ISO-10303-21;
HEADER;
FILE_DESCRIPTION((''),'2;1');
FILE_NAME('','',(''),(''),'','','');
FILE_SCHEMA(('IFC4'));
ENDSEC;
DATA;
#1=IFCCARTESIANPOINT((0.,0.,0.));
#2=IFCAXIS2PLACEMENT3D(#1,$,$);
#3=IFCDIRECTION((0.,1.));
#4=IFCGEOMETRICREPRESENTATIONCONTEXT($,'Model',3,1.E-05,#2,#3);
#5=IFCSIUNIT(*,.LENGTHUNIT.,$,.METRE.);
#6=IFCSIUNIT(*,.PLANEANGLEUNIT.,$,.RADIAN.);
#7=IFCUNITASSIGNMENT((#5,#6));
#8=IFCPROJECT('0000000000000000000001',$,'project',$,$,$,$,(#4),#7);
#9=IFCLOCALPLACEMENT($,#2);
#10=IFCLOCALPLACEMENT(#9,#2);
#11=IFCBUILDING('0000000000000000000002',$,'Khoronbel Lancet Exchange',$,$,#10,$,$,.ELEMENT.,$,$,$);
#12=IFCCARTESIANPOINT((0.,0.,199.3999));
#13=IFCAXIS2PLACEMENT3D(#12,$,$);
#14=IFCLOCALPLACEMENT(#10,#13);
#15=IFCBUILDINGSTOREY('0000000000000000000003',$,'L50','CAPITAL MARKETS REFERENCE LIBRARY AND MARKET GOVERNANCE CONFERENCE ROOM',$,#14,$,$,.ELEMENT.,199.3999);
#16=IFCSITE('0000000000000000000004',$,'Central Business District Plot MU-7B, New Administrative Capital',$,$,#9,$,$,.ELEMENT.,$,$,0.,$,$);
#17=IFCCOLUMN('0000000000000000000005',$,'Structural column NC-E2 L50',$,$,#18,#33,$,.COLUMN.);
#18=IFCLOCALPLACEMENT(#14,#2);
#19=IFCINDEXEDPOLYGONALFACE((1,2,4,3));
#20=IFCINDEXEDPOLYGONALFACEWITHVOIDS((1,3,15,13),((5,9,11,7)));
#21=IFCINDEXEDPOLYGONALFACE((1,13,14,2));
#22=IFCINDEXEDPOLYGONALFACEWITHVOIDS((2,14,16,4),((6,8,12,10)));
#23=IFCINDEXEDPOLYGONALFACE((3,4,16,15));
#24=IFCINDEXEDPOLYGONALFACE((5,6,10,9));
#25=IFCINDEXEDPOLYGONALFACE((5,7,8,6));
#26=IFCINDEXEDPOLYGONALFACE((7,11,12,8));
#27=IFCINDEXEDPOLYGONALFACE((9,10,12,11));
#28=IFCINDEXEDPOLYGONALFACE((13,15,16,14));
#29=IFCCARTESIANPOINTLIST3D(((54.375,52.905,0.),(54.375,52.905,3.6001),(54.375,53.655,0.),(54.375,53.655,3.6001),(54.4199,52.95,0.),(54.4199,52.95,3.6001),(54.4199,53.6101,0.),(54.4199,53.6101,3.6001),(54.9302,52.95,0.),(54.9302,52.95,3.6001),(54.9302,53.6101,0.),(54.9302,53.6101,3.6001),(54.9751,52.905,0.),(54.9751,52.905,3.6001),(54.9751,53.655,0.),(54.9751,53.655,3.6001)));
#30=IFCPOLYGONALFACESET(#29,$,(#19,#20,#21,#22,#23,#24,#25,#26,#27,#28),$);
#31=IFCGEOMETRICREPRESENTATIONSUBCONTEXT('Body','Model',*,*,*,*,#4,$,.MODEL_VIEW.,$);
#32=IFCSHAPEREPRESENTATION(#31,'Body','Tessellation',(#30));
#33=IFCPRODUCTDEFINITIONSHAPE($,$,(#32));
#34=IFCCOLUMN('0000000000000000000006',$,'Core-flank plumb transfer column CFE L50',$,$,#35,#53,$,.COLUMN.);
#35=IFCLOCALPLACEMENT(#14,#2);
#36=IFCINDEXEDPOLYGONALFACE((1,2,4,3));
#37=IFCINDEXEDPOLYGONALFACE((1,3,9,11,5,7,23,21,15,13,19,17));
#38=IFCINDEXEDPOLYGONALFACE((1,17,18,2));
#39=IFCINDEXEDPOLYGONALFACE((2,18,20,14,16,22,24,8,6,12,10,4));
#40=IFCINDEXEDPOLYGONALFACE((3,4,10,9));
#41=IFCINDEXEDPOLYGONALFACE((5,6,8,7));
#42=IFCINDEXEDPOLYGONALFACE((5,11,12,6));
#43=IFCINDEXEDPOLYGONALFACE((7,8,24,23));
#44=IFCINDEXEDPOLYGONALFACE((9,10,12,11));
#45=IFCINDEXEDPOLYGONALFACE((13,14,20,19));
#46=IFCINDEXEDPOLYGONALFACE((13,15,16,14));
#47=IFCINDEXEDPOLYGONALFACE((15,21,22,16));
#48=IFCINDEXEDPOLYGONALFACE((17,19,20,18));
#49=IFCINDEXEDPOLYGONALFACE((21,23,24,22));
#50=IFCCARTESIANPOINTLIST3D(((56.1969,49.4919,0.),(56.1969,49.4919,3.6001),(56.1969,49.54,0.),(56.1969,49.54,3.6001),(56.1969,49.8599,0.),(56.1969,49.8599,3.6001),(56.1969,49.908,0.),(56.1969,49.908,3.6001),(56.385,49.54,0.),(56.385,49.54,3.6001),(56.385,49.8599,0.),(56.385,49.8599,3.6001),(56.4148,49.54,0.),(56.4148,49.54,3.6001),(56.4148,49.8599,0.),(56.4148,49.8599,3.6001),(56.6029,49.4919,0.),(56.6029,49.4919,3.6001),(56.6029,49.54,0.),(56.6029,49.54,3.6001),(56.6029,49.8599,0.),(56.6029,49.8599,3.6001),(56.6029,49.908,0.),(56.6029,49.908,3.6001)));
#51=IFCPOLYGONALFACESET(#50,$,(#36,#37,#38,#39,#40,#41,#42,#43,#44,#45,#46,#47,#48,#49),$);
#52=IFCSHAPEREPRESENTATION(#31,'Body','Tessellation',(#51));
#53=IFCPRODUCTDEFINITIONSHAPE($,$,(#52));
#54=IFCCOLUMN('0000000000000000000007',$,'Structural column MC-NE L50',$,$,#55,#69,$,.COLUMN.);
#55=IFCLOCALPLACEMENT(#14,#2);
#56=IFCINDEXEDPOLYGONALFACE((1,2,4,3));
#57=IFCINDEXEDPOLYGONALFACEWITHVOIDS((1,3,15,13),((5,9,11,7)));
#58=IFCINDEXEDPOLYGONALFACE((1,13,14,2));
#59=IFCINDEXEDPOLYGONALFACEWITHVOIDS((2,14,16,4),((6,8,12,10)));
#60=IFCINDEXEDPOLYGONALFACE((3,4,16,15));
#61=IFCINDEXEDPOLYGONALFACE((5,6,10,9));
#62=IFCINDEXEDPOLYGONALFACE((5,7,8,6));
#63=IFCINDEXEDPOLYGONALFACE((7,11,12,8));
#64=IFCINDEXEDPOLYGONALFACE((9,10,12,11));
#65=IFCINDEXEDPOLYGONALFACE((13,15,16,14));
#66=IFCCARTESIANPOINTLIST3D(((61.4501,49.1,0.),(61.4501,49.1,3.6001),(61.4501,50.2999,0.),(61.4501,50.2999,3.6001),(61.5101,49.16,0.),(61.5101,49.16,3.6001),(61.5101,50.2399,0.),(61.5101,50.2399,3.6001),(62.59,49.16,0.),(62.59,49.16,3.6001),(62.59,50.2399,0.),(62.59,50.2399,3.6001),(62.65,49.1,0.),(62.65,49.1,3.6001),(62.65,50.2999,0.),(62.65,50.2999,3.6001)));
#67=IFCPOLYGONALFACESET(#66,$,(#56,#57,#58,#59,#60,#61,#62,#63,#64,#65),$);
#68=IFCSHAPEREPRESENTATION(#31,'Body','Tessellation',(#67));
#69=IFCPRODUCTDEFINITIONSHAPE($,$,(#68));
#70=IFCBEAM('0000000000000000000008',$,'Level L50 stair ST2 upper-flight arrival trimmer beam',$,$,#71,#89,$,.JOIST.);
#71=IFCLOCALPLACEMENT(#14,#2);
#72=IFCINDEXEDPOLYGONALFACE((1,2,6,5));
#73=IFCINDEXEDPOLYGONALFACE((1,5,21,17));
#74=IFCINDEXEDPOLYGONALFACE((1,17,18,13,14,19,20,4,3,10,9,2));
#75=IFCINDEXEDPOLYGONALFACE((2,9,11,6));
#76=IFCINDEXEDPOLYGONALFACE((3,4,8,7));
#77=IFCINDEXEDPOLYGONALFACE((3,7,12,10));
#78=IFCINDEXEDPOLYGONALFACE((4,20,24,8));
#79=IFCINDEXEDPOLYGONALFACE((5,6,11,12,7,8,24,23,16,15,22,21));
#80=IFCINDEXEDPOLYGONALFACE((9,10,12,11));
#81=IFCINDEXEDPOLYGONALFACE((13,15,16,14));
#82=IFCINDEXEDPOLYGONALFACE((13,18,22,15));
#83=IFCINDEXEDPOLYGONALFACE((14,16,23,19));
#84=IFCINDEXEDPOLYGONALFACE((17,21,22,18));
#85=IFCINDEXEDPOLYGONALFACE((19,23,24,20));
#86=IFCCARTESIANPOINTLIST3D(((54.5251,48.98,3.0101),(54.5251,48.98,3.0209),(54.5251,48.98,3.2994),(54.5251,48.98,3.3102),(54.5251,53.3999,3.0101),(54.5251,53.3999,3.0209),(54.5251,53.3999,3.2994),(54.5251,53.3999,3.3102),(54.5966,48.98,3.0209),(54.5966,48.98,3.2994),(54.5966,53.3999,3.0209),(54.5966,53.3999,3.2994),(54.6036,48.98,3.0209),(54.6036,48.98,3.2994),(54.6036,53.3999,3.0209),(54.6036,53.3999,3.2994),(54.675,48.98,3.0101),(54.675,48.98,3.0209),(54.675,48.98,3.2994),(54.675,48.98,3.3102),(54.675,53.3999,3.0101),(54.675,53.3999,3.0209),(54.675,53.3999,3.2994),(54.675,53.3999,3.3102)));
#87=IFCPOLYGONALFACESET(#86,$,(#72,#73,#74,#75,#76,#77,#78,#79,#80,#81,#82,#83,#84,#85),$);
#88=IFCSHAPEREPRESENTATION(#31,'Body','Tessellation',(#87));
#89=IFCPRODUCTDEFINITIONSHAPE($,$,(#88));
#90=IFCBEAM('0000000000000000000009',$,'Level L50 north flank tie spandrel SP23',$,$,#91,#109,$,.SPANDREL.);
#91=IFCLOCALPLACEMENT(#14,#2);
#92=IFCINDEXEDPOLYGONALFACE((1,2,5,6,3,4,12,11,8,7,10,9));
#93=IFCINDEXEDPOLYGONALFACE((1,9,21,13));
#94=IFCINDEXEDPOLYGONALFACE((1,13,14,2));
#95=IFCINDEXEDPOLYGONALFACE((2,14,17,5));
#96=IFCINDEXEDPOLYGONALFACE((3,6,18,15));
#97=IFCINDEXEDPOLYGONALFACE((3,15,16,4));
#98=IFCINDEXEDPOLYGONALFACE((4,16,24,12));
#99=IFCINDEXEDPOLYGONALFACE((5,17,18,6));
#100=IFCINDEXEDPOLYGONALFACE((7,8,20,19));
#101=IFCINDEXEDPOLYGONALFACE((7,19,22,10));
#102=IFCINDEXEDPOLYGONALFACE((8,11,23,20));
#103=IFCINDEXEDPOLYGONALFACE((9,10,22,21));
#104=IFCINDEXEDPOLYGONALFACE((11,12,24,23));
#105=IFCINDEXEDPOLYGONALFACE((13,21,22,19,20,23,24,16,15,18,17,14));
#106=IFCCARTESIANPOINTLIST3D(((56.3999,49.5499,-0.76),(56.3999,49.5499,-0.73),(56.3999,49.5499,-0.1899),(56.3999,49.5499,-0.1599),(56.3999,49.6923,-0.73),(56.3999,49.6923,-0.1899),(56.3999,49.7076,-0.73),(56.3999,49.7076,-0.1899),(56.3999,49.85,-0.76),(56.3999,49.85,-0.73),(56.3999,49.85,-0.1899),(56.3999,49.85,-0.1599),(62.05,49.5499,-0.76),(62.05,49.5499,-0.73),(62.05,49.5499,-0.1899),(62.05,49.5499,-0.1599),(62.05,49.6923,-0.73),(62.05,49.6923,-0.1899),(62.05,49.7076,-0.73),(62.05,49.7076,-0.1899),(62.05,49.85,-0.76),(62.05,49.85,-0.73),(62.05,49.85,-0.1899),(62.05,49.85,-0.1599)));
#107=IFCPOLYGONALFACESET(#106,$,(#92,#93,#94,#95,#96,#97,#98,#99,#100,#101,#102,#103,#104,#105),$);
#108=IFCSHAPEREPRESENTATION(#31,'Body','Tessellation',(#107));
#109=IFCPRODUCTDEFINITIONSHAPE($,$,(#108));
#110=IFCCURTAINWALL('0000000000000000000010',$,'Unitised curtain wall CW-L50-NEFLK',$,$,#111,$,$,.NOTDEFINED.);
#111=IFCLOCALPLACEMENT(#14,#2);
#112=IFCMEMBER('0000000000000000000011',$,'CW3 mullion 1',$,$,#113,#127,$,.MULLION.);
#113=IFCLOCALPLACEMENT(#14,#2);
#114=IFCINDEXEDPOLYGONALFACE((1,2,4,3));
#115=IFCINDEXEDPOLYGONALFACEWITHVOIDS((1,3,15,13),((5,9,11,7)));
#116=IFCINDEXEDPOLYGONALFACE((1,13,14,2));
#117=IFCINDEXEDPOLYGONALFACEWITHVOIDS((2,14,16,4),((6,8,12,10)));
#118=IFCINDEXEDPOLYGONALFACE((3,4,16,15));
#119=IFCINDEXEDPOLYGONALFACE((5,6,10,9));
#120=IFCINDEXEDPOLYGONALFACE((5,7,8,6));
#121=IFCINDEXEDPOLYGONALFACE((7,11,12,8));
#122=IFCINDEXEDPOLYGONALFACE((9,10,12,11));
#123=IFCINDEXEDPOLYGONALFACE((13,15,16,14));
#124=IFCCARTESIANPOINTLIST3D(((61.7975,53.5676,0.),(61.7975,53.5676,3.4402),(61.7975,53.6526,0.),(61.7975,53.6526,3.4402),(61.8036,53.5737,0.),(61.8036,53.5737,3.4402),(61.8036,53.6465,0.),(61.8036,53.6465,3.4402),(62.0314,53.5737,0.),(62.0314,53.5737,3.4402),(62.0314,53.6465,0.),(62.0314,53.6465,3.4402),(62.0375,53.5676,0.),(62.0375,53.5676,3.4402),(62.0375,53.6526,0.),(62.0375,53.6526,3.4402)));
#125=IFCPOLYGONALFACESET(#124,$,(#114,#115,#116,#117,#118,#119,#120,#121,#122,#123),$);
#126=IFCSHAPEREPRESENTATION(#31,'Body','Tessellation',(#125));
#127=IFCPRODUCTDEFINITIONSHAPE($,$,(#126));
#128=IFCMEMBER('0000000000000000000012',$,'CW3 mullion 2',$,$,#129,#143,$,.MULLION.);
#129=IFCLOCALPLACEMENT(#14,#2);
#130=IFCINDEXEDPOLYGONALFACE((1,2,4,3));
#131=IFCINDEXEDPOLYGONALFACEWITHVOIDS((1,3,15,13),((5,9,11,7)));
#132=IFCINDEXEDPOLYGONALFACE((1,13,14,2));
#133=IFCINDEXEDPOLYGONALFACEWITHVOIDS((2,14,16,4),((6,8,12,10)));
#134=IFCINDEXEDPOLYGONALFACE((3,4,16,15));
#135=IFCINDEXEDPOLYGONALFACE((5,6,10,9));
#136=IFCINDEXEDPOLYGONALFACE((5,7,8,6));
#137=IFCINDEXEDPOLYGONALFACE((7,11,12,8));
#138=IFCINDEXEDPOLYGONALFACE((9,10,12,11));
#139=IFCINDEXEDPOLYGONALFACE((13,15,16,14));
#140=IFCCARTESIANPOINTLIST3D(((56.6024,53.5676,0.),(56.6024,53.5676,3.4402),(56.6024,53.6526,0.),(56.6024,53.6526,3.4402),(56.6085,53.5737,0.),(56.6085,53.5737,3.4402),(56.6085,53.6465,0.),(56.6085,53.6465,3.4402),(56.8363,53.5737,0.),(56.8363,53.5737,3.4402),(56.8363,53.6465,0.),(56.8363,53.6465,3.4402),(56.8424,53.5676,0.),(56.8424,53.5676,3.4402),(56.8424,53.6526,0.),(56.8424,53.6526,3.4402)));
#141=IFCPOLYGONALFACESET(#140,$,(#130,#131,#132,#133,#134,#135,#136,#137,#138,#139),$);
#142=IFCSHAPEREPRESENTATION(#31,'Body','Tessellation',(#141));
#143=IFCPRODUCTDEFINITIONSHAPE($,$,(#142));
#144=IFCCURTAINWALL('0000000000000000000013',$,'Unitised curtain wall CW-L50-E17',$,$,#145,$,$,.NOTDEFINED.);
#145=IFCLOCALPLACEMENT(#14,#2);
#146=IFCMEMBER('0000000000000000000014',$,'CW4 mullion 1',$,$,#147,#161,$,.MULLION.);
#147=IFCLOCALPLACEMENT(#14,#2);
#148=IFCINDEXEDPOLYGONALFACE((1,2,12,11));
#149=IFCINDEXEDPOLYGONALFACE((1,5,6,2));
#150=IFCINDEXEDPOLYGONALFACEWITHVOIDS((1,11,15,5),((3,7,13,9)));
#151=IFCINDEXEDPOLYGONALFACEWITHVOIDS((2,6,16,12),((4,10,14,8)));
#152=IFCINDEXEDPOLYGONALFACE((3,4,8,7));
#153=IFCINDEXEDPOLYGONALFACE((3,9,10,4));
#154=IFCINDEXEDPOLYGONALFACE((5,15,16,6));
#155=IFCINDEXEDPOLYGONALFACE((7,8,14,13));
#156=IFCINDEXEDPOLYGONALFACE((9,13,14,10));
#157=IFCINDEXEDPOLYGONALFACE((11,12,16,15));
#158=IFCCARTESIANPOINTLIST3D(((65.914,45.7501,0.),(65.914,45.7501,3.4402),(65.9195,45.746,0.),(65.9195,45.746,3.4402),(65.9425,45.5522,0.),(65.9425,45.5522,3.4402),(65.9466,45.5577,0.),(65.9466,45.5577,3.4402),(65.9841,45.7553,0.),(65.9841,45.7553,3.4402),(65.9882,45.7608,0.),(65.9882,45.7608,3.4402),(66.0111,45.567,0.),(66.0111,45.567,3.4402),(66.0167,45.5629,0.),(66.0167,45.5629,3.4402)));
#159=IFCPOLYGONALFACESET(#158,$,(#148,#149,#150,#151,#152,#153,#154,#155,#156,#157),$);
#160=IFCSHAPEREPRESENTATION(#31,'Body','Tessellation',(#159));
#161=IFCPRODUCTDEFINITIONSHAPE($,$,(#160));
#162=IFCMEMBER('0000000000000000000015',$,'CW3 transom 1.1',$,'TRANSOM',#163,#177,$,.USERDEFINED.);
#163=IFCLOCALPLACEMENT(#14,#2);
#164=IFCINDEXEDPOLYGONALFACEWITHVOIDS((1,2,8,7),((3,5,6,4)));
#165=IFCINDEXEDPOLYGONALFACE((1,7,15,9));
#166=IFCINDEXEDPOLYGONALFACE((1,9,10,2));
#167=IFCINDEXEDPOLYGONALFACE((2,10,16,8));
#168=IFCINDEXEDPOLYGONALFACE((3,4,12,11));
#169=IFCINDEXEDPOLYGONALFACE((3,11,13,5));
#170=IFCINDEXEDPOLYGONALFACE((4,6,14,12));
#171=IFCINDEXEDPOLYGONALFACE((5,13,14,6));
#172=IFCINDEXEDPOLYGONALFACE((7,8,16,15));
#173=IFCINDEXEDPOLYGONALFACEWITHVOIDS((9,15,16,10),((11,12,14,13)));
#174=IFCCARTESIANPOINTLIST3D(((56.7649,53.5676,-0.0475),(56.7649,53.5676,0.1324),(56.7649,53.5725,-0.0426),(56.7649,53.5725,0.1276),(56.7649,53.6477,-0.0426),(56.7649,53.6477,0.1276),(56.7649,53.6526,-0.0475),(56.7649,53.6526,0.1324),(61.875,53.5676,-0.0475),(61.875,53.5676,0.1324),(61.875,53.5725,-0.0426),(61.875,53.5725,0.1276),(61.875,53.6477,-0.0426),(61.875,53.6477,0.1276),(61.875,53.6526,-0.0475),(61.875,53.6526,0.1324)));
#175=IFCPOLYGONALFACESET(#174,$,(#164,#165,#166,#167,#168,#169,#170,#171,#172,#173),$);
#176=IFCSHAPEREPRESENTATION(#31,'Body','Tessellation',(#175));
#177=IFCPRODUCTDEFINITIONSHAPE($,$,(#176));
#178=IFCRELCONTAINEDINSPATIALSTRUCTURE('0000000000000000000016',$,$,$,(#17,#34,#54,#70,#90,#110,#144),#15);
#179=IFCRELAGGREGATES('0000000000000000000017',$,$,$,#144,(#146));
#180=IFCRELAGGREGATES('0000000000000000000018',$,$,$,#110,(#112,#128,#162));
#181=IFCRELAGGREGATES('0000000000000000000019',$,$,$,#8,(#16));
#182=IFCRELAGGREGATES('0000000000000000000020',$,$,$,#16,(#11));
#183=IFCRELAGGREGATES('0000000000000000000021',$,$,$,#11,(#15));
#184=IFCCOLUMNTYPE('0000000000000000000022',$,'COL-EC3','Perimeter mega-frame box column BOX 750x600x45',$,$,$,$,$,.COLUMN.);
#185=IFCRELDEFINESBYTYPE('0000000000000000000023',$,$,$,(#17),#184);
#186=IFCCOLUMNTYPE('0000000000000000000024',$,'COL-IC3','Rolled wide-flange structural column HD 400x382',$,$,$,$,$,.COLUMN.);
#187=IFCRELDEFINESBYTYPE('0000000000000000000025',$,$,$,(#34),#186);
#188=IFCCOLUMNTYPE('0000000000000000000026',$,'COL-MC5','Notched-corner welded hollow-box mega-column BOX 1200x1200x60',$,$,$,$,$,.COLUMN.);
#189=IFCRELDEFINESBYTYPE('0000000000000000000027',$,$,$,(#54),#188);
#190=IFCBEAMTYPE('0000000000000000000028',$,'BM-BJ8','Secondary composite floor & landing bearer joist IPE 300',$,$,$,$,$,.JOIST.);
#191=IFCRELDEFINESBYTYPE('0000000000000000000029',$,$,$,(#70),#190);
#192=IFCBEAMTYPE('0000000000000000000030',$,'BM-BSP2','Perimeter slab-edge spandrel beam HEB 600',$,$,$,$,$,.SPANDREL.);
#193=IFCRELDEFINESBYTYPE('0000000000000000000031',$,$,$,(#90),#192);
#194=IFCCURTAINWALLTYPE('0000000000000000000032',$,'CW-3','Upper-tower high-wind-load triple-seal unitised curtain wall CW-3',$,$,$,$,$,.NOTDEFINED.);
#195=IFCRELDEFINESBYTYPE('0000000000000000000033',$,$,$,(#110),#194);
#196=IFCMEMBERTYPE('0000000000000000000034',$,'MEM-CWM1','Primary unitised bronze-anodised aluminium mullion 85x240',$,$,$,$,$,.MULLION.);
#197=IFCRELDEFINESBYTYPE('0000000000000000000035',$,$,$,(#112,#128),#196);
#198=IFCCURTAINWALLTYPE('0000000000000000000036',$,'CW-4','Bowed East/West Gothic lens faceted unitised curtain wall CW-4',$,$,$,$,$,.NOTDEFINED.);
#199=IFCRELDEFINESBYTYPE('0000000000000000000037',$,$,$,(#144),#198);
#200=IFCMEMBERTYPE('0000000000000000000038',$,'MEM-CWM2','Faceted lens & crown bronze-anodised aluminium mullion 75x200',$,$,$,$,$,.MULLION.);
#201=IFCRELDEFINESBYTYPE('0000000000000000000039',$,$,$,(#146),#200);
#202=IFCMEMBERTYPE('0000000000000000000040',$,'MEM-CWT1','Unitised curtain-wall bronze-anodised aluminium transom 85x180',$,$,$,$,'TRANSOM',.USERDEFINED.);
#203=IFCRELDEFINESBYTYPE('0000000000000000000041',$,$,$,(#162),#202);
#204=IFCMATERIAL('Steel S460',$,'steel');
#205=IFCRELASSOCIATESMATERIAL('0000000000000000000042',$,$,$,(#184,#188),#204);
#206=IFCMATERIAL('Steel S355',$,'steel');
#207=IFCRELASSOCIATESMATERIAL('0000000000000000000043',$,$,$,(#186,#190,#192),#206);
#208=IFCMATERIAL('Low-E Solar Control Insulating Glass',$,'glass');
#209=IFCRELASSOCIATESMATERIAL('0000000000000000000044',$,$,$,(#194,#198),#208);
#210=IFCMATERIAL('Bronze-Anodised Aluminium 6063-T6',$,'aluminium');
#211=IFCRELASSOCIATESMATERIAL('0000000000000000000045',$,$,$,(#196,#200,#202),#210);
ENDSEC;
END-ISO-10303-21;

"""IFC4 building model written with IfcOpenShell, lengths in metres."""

from ifc_helpers import new_model, si_unit, direction, frame, origin, origin_2d, place, context, subcontext, project, spatial, hollow_rectangle, i_section, extrude, material, material_profile, profile_set, type_object, element, aggregate, save


model = new_model("IFC4")

# Units and contexts
model_context = context("Model", 3, precision=1e-05, world=origin(), true_north=direction((0.0, 1.0)))
body_context = subcontext(model_context, "Body", "Model", "MODEL_VIEW")
ifc_project = project(units=[si_unit("LENGTHUNIT", "METRE"), si_unit("PLANEANGLEUNIT", "RADIAN")], contexts=[model_context])

# Site, building, storey
site_placement = place(None, origin())
site = spatial("IfcSite", under=ifc_project, at=site_placement, Name="Central Business District Plot MU-7B, New Administrative Capital", CompositionType="ELEMENT", RefElevation=0.0)
building_placement = place(site_placement, origin())
building = spatial("IfcBuilding", under=site, at=building_placement, Name="Khoronbel Lancet Exchange", CompositionType="ELEMENT")
storey_placement = place(building_placement, frame((0.0, 0.0, 199.3999)))
storey = spatial("IfcBuildingStorey", under=building, at=storey_placement, Name="L50", Description="CAPITAL MARKETS REFERENCE LIBRARY AND MARKET GOVERNANCE CONFERENCE ROOM", CompositionType="ELEMENT", Elevation=199.3999)

# Columns
ifc_material_1 = material(Name="Steel S460", Category="steel")
ifc_material_profile_1 = material_profile(ifc_material_1, hollow_rectangle(XDim=0.6001, YDim=0.75, WallThickness=0.0449, at=origin_2d()), Name="BOX 750x600x45")
ifc_profile_set_1 = profile_set([ifc_material_profile_1], Name="Steel S460")
column_type_1 = type_object("IfcColumnType", Name="COL-EC3", Description="Perimeter mega-frame box column BOX 750x600x45", PredefinedType="COLUMN", material=ifc_profile_set_1)
column_1_placement = place(storey_placement, frame((54.675, 53.28, 0.0), z_axis=(0.0, 0.0, 1.0), x_axis=(1.0, 0.0, 0.0)))
element("IfcColumn", 1, at=column_1_placement, inside=storey, type_object=column_type_1, Name="Structural column NC-E2 L50", PredefinedType="COLUMN", context=body_context, shape_type="SweptSolid", body=[
    extrude(hollow_rectangle(XDim=0.6001, YDim=0.75, WallThickness=0.0449, at=origin_2d()), origin(), (0.0, 0.0, 1.0), 3.6001),
])
ifc_material_2 = material(Name="Steel S355", Category="steel")
ifc_material_profile_2 = material_profile(ifc_material_2, i_section(OverallWidth=0.406, OverallDepth=0.416, WebThickness=0.0298, FlangeThickness=0.0481, at=origin_2d()), Name="HD 400x382")
ifc_profile_set_2 = profile_set([ifc_material_profile_2], Name="Steel S355")
column_type_2 = type_object("IfcColumnType", Name="COL-IC3", Description="Rolled wide-flange structural column HD 400x382", PredefinedType="COLUMN", material=ifc_profile_set_2)
column_2_placement = place(storey_placement, frame((56.3999, 49.7, 0.0), z_axis=(0.0, 0.0, 1.0), x_axis=(1.0, 0.0, 0.0)))
element("IfcColumn", 2, at=column_2_placement, inside=storey, type_object=column_type_2, Name="Core-flank plumb transfer column CFE L50", PredefinedType="COLUMN", context=body_context, shape_type="SweptSolid", body=[
    extrude(i_section(OverallWidth=0.406, OverallDepth=0.416, WebThickness=0.0298, FlangeThickness=0.0481, at=origin_2d()), origin(), (0.0, 0.0, 1.0), 3.6001),
])
ifc_material_profile_3 = material_profile(ifc_material_1, hollow_rectangle(XDim=1.2, YDim=1.2, WallThickness=0.0601, at=origin_2d()), Name="BOX 1200x1200x60")
ifc_profile_set_3 = profile_set([ifc_material_profile_3], Name="Steel S460")
column_type_3 = type_object("IfcColumnType", Name="COL-MC5", Description="Notched-corner welded hollow-box mega-column BOX 1200x1200x60", PredefinedType="COLUMN", material=ifc_profile_set_3)
column_3_placement = place(storey_placement, frame((62.05, 49.7, 0.0), z_axis=(0.0, 0.0, 1.0), x_axis=(1.0, 0.0, 0.0)))
element("IfcColumn", 3, at=column_3_placement, inside=storey, type_object=column_type_3, Name="Structural column MC-NE L50", PredefinedType="COLUMN", context=body_context, shape_type="SweptSolid", body=[
    extrude(hollow_rectangle(XDim=1.2, YDim=1.2, WallThickness=0.0601, at=origin_2d()), origin(), (0.0, 0.0, 1.0), 3.6001),
])

# Beams
ifc_material_profile_4 = material_profile(ifc_material_2, i_section(OverallWidth=0.1499, OverallDepth=0.3, WebThickness=0.0071, FlangeThickness=0.0107, at=origin_2d()), Name="IPE 300")
ifc_profile_set_4 = profile_set([ifc_material_profile_4], Name="Steel S355")
beam_type_1 = type_object("IfcBeamType", Name="BM-BJ8", Description="Secondary composite floor & landing bearer joist IPE 300", PredefinedType="JOIST", material=ifc_profile_set_4)
beam_1_placement = place(storey_placement, frame((54.6001, 48.98, 3.1602), z_axis=(0.0, 1.0, 0.0), x_axis=(-1.0, 0.0, 0.0)))
element("IfcBeam", 4, at=beam_1_placement, inside=storey, type_object=beam_type_1, Name="Level L50 stair ST2 upper-flight arrival trimmer beam", PredefinedType="JOIST", context=body_context, shape_type="SweptSolid", body=[
    extrude(i_section(OverallWidth=0.1499, OverallDepth=0.3, WebThickness=0.0071, FlangeThickness=0.0107, at=origin_2d()), origin(), (0.0, 0.0, 1.0), 4.4199),
])
ifc_material_profile_5 = material_profile(ifc_material_2, i_section(OverallWidth=0.3, OverallDepth=0.6001, WebThickness=0.0154, FlangeThickness=0.03, at=origin_2d()), Name="HEB 600")
ifc_profile_set_5 = profile_set([ifc_material_profile_5], Name="Steel S355")
beam_type_2 = type_object("IfcBeamType", Name="BM-BSP2", Description="Perimeter slab-edge spandrel beam HEB 600", PredefinedType="SPANDREL", material=ifc_profile_set_5)
beam_2_placement = place(storey_placement, frame((62.05, 49.7, -0.46), z_axis=(-1.0, 0.0, 0.0), x_axis=(0.0, -1.0, 0.0)))
element("IfcBeam", 5, at=beam_2_placement, inside=storey, type_object=beam_type_2, Name="Level L50 north flank tie spandrel SP23", PredefinedType="SPANDREL", context=body_context, shape_type="SweptSolid", body=[
    extrude(i_section(OverallWidth=0.3, OverallDepth=0.6001, WebThickness=0.0154, FlangeThickness=0.03, at=origin_2d()), origin(), (0.0, 0.0, 1.0), 5.6501),
])

# Curtain wall, members
ifc_material_3 = material(Name="Low-E Solar Control Insulating Glass", Category="glass")
curtain_wall_type_1 = type_object("IfcCurtainWallType", Name="CW-3", Description="Upper-tower high-wind-load triple-seal unitised curtain wall CW-3", PredefinedType="NOTDEFINED", material=ifc_material_3)
curtain_wall_1_placement = place(storey_placement, origin())
curtain_wall_1 = element("IfcCurtainWall", 6, at=curtain_wall_1_placement, inside=storey, type_object=curtain_wall_type_1, Name="Unitised curtain wall CW-L50-NEFLK", PredefinedType="NOTDEFINED")
ifc_material_4 = material(Name="Bronze-Anodised Aluminium 6063-T6", Category="aluminium")
ifc_material_profile_6 = material_profile(ifc_material_4, hollow_rectangle(XDim=0.085, YDim=0.24, WallThickness=0.0061, at=origin_2d()), Name="ALU MULLION 85x240")
ifc_profile_set_6 = profile_set([ifc_material_profile_6], Name="Bronze-Anodised Aluminium 6063-T6")
member_type_1 = type_object("IfcMemberType", Name="MEM-CWM1", Description="Primary unitised bronze-anodised aluminium mullion 85x240", PredefinedType="MULLION", material=ifc_profile_set_6)
member_1_placement = place(storey_placement, frame((61.9175, 53.6101, 0.0), z_axis=(0.0, 0.0, 1.0), x_axis=(0.0, -1.0, 0.0)))
member_1 = element("IfcMember", 7, at=member_1_placement, type_object=member_type_1, Name="CW3 mullion 1", PredefinedType="MULLION", context=body_context, shape_type="SweptSolid", body=[
    extrude(hollow_rectangle(XDim=0.085, YDim=0.24, WallThickness=0.0061, at=origin_2d()), origin(), (0.0, 0.0, 1.0), 3.4402),
])
member_2_placement = place(storey_placement, frame((56.7224, 53.6101, 0.0), z_axis=(0.0, 0.0, 1.0), x_axis=(0.0, -1.0, 0.0)))
member_2 = element("IfcMember", 8, at=member_2_placement, type_object=member_type_1, Name="CW3 mullion 2", PredefinedType="MULLION", context=body_context, shape_type="SweptSolid", body=[
    extrude(hollow_rectangle(XDim=0.085, YDim=0.24, WallThickness=0.0061, at=origin_2d()), origin(), (0.0, 0.0, 1.0), 3.4402),
])

# Curtain wall, member
curtain_wall_type_2 = type_object("IfcCurtainWallType", Name="CW-4", Description="Bowed East/West Gothic lens faceted unitised curtain wall CW-4", PredefinedType="NOTDEFINED", material=ifc_material_3)
curtain_wall_2_placement = place(storey_placement, origin())
curtain_wall_2 = element("IfcCurtainWall", 9, at=curtain_wall_2_placement, inside=storey, type_object=curtain_wall_type_2, Name="Unitised curtain wall CW-L50-E17", PredefinedType="NOTDEFINED")
ifc_material_profile_7 = material_profile(ifc_material_4, hollow_rectangle(XDim=0.075, YDim=0.2, WallThickness=0.0049, at=origin_2d()), Name="ALU MULLION 75x200")
ifc_profile_set_7 = profile_set([ifc_material_profile_7], Name="Bronze-Anodised Aluminium 6063-T6")
member_type_2 = type_object("IfcMemberType", Name="MEM-CWM2", Description="Faceted lens & crown bronze-anodised aluminium mullion 75x200", PredefinedType="MULLION", material=ifc_profile_set_7)
member_3_placement = place(storey_placement, frame((65.9653, 45.6565, 0.0), z_axis=(0.0, 0.0, 1.0), x_axis=(0.989821, 0.142315, 0.0)))
member_3 = element("IfcMember", 10, at=member_3_placement, type_object=member_type_2, Name="CW4 mullion 1", PredefinedType="MULLION", context=body_context, shape_type="SweptSolid", body=[
    extrude(hollow_rectangle(XDim=0.075, YDim=0.2, WallThickness=0.0049, at=origin_2d()), origin(), (0.0, 0.0, 1.0), 3.4402),
])
aggregate(curtain_wall_2, [member_3])

# Member
ifc_material_profile_8 = material_profile(ifc_material_4, hollow_rectangle(XDim=0.085, YDim=0.1799, WallThickness=0.0049, at=origin_2d()), Name="ALU TRANSOM 85x180")
ifc_profile_set_8 = profile_set([ifc_material_profile_8], Name="Bronze-Anodised Aluminium 6063-T6")
member_type_3 = type_object("IfcMemberType", Name="MEM-CWT1", Description="Unitised curtain-wall bronze-anodised aluminium transom 85x180", ElementType="TRANSOM", PredefinedType="USERDEFINED", material=ifc_profile_set_8)
member_4_placement = place(storey_placement, frame((61.875, 53.6101, 0.0425), z_axis=(-1.0, 0.0, 0.0), x_axis=(0.0, -1.0, 0.0)))
member_4 = element("IfcMember", 11, at=member_4_placement, type_object=member_type_3, Name="CW3 transom 1.1", ObjectType="TRANSOM", PredefinedType="USERDEFINED", context=body_context, shape_type="SweptSolid", body=[
    extrude(hollow_rectangle(XDim=0.085, YDim=0.1799, WallThickness=0.0049, at=origin_2d()), origin(), (0.0, 0.0, 1.0), 5.1101),
])

aggregate(curtain_wall_1, [member_1, member_2, member_4])

save(model, "model.ifc")
